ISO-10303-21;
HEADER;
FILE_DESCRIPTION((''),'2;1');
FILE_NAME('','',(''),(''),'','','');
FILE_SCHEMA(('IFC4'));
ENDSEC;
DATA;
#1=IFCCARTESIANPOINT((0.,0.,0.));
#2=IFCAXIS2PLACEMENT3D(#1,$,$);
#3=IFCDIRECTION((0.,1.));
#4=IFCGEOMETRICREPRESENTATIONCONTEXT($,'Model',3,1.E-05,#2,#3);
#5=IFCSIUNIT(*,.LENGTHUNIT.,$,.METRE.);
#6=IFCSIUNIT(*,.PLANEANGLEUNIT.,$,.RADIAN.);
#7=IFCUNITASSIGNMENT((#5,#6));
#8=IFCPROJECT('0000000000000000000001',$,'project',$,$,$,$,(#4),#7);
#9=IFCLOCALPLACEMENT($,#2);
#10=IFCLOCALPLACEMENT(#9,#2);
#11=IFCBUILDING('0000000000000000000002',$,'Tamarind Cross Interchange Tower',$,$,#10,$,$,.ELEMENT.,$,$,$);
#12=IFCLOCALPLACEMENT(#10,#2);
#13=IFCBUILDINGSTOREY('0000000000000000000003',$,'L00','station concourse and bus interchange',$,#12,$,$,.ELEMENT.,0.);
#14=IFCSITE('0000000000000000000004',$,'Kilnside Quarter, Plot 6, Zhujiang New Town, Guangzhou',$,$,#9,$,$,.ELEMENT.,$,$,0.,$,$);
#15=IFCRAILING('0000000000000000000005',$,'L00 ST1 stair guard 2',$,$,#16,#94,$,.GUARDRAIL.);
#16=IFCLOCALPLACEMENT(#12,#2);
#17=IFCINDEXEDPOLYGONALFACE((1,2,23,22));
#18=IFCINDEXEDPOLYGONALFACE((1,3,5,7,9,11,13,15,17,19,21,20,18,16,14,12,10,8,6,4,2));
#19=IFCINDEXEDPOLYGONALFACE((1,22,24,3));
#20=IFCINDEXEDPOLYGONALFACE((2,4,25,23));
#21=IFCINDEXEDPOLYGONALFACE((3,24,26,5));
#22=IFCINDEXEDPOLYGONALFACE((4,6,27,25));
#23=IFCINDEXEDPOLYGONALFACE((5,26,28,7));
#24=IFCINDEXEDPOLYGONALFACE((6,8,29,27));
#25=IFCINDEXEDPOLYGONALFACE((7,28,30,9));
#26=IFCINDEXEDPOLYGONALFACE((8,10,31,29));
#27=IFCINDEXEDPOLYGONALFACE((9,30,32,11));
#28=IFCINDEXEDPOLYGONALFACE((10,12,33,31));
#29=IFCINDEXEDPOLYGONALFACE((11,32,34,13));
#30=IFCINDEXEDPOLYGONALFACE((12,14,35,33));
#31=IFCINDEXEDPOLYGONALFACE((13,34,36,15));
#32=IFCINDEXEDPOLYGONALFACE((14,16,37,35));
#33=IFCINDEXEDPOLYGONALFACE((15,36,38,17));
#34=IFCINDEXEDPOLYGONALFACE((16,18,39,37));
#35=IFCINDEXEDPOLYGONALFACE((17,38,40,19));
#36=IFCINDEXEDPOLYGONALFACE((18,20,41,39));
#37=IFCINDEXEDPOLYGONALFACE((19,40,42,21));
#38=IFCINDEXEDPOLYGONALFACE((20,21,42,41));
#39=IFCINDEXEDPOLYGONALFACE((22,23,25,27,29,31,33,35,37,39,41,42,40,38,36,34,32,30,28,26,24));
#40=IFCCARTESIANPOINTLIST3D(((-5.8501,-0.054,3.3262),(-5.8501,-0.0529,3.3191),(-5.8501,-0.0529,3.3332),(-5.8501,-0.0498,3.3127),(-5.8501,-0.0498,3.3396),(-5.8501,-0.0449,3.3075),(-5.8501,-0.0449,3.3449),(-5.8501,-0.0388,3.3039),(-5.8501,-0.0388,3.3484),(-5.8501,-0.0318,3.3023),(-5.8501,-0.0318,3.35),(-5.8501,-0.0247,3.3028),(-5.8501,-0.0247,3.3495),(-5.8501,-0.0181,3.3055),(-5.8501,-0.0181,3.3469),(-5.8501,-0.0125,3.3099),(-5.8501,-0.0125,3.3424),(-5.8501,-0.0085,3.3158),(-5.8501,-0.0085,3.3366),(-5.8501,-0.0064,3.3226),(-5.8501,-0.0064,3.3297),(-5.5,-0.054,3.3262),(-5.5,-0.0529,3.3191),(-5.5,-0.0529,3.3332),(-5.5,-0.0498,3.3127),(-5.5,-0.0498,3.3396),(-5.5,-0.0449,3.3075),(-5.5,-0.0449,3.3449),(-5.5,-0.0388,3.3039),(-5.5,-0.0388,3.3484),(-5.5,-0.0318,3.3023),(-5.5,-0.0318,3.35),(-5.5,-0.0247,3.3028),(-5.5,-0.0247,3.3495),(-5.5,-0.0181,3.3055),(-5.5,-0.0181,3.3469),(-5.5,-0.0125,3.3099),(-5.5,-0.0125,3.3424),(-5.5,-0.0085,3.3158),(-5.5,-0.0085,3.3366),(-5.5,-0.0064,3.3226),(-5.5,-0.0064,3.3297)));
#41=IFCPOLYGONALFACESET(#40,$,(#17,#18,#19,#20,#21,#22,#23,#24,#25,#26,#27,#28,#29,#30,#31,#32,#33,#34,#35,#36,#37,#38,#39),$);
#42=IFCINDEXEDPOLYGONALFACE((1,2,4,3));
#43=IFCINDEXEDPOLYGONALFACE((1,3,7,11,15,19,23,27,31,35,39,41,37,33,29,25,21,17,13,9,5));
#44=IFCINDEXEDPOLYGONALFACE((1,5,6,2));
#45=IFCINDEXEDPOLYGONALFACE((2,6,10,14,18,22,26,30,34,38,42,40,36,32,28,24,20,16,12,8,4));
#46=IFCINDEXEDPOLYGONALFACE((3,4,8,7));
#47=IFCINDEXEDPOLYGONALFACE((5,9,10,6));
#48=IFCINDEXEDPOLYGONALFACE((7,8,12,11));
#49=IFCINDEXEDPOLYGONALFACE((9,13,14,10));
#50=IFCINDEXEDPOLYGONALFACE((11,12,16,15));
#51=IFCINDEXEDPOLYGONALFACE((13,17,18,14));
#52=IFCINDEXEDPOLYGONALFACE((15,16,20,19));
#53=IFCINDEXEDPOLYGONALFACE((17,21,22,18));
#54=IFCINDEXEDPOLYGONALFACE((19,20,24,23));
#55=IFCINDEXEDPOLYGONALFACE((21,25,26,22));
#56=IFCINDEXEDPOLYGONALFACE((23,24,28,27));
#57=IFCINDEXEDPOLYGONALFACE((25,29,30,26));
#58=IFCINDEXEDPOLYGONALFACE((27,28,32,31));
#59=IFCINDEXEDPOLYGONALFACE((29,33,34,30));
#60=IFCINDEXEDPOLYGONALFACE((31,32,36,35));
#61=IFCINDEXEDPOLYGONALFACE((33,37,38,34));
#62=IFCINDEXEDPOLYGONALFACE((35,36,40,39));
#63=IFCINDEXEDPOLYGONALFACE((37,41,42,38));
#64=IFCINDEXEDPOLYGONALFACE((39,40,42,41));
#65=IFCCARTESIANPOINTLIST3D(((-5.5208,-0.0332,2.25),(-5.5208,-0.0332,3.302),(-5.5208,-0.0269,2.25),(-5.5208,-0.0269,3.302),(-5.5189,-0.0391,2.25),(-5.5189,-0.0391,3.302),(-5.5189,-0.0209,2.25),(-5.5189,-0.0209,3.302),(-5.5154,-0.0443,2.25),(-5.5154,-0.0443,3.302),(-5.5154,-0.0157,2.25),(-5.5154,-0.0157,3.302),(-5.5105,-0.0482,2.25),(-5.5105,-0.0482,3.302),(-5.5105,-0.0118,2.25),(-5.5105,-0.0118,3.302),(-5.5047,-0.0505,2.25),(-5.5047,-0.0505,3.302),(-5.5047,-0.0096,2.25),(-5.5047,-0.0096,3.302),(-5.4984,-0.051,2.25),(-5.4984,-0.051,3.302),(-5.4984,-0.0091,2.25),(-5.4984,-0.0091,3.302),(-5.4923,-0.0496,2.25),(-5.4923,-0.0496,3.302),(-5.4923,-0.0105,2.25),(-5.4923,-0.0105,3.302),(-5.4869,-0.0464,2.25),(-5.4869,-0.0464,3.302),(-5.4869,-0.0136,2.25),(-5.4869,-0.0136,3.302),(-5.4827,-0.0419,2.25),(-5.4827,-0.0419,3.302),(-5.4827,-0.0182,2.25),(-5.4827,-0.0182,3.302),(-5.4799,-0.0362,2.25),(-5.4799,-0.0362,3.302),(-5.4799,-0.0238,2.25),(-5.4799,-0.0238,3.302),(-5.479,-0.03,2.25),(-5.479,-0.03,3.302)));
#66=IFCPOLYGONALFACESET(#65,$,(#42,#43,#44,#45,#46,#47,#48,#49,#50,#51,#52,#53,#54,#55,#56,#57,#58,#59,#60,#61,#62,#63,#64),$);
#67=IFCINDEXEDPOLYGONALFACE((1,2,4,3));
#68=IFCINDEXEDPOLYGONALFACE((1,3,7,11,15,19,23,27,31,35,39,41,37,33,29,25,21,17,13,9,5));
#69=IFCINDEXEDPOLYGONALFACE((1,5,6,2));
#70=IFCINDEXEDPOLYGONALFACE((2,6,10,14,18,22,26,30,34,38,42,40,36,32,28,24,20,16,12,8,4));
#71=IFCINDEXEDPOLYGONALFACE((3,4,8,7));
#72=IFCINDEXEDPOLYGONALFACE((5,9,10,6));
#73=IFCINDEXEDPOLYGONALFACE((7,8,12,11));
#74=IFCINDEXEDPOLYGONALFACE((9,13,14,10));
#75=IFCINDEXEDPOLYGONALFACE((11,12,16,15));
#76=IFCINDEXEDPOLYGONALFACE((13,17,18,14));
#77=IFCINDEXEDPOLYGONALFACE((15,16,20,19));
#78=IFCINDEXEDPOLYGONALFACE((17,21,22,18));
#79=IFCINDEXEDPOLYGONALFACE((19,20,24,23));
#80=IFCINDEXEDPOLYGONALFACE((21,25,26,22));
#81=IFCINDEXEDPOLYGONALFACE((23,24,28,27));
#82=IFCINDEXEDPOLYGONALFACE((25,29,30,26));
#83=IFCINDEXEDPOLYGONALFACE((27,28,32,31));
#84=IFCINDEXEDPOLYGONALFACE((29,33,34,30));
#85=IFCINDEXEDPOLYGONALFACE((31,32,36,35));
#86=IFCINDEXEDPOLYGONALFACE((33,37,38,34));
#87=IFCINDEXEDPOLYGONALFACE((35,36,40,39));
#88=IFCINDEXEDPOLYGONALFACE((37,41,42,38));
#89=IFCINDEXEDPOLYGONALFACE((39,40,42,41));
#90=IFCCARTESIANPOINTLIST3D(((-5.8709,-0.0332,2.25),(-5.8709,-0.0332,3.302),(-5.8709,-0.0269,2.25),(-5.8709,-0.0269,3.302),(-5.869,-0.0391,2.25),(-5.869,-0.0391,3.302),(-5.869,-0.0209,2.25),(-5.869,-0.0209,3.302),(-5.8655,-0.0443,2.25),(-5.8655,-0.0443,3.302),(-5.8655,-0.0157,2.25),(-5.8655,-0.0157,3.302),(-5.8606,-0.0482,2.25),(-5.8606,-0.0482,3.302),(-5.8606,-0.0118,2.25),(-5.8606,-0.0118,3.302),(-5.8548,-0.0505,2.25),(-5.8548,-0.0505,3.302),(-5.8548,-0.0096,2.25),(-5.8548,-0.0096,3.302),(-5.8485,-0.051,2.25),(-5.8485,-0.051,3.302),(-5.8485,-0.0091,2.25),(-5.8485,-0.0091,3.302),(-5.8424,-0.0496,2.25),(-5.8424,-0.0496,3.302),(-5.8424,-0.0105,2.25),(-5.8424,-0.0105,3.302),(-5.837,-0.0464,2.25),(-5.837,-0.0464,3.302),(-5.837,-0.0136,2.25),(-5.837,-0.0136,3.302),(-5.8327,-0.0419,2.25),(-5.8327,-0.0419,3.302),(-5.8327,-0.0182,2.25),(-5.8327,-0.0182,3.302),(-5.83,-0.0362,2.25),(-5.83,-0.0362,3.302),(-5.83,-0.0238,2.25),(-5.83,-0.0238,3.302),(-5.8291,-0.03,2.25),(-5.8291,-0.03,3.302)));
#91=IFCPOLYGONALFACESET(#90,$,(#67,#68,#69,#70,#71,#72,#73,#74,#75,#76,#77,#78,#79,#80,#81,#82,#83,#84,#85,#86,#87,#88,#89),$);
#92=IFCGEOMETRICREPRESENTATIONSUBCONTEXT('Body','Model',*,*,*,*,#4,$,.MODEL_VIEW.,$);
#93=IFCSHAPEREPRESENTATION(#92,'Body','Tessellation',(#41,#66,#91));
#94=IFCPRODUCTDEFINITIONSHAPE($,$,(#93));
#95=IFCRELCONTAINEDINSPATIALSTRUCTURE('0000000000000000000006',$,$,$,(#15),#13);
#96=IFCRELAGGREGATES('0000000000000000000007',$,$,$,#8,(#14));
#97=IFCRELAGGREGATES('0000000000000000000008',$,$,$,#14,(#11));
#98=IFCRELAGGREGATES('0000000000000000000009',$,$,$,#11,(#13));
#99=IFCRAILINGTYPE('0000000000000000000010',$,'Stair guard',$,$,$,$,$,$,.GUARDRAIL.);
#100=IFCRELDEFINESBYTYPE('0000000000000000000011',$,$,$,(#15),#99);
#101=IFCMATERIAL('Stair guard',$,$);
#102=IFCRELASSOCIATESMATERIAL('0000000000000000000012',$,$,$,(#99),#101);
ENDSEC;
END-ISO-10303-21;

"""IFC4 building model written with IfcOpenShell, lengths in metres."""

from ifc_helpers import new_model, si_unit, direction, frame, origin, origin_2d, place, context, subcontext, project, spatial, circle, extrude, material, type_object, element, save


model = new_model("IFC4")

# Units and contexts
model_context = context("Model", 3, precision=1e-05, world=origin(), true_north=direction((0.0, 1.0)))
body_context = subcontext(model_context, "Body", "Model", "MODEL_VIEW")
ifc_project = project(units=[si_unit("LENGTHUNIT", "METRE"), si_unit("PLANEANGLEUNIT", "RADIAN")], contexts=[model_context])

# Site, building, storey
site_placement = place(None, origin())
site = spatial("IfcSite", under=ifc_project, at=site_placement, Name="Kilnside Quarter, Plot 6, Zhujiang New Town, Guangzhou", CompositionType="ELEMENT", RefElevation=0.0)
building_placement = place(site_placement, origin())
building = spatial("IfcBuilding", under=site, at=building_placement, Name="Tamarind Cross Interchange Tower", CompositionType="ELEMENT")
storey_placement = place(building_placement, origin())
storey = spatial("IfcBuildingStorey", under=building, at=storey_placement, Name="L00", Description="station concourse and bus interchange", CompositionType="ELEMENT", Elevation=0.0)

# Railing
ifc_material_1 = material(Name="Stair guard")
railing_type_1 = type_object("IfcRailingType", Name="Stair guard", PredefinedType="GUARDRAIL", material=ifc_material_1)
railing_1_placement = place(storey_placement, frame((-5.5, -0.03, 2.25)))
element("IfcRailing", 1, at=railing_1_placement, inside=storey, type_object=railing_type_1, Name="L00 ST1 stair guard 2", PredefinedType="GUARDRAIL", context=body_context, shape_type="SweptSolid", body=[
    extrude(circle(Radius=0.0239, at=origin_2d()), frame((0.0, 0.0, 1.0762), z_axis=(-1.0, 0.0, 0.0), x_axis=(0.0, -1.0, 0.0)), (0.0, 0.0, 1.0), 0.3501),
    extrude(circle(Radius=0.021, at=origin_2d()), origin(), (0.0, 0.0, 1.0), 1.052),
    extrude(circle(Radius=0.021, at=origin_2d()), frame((-0.3501, 0.0, 0.0)), (0.0, 0.0, 1.0), 1.052),
])

save(model, "model.ifc")
